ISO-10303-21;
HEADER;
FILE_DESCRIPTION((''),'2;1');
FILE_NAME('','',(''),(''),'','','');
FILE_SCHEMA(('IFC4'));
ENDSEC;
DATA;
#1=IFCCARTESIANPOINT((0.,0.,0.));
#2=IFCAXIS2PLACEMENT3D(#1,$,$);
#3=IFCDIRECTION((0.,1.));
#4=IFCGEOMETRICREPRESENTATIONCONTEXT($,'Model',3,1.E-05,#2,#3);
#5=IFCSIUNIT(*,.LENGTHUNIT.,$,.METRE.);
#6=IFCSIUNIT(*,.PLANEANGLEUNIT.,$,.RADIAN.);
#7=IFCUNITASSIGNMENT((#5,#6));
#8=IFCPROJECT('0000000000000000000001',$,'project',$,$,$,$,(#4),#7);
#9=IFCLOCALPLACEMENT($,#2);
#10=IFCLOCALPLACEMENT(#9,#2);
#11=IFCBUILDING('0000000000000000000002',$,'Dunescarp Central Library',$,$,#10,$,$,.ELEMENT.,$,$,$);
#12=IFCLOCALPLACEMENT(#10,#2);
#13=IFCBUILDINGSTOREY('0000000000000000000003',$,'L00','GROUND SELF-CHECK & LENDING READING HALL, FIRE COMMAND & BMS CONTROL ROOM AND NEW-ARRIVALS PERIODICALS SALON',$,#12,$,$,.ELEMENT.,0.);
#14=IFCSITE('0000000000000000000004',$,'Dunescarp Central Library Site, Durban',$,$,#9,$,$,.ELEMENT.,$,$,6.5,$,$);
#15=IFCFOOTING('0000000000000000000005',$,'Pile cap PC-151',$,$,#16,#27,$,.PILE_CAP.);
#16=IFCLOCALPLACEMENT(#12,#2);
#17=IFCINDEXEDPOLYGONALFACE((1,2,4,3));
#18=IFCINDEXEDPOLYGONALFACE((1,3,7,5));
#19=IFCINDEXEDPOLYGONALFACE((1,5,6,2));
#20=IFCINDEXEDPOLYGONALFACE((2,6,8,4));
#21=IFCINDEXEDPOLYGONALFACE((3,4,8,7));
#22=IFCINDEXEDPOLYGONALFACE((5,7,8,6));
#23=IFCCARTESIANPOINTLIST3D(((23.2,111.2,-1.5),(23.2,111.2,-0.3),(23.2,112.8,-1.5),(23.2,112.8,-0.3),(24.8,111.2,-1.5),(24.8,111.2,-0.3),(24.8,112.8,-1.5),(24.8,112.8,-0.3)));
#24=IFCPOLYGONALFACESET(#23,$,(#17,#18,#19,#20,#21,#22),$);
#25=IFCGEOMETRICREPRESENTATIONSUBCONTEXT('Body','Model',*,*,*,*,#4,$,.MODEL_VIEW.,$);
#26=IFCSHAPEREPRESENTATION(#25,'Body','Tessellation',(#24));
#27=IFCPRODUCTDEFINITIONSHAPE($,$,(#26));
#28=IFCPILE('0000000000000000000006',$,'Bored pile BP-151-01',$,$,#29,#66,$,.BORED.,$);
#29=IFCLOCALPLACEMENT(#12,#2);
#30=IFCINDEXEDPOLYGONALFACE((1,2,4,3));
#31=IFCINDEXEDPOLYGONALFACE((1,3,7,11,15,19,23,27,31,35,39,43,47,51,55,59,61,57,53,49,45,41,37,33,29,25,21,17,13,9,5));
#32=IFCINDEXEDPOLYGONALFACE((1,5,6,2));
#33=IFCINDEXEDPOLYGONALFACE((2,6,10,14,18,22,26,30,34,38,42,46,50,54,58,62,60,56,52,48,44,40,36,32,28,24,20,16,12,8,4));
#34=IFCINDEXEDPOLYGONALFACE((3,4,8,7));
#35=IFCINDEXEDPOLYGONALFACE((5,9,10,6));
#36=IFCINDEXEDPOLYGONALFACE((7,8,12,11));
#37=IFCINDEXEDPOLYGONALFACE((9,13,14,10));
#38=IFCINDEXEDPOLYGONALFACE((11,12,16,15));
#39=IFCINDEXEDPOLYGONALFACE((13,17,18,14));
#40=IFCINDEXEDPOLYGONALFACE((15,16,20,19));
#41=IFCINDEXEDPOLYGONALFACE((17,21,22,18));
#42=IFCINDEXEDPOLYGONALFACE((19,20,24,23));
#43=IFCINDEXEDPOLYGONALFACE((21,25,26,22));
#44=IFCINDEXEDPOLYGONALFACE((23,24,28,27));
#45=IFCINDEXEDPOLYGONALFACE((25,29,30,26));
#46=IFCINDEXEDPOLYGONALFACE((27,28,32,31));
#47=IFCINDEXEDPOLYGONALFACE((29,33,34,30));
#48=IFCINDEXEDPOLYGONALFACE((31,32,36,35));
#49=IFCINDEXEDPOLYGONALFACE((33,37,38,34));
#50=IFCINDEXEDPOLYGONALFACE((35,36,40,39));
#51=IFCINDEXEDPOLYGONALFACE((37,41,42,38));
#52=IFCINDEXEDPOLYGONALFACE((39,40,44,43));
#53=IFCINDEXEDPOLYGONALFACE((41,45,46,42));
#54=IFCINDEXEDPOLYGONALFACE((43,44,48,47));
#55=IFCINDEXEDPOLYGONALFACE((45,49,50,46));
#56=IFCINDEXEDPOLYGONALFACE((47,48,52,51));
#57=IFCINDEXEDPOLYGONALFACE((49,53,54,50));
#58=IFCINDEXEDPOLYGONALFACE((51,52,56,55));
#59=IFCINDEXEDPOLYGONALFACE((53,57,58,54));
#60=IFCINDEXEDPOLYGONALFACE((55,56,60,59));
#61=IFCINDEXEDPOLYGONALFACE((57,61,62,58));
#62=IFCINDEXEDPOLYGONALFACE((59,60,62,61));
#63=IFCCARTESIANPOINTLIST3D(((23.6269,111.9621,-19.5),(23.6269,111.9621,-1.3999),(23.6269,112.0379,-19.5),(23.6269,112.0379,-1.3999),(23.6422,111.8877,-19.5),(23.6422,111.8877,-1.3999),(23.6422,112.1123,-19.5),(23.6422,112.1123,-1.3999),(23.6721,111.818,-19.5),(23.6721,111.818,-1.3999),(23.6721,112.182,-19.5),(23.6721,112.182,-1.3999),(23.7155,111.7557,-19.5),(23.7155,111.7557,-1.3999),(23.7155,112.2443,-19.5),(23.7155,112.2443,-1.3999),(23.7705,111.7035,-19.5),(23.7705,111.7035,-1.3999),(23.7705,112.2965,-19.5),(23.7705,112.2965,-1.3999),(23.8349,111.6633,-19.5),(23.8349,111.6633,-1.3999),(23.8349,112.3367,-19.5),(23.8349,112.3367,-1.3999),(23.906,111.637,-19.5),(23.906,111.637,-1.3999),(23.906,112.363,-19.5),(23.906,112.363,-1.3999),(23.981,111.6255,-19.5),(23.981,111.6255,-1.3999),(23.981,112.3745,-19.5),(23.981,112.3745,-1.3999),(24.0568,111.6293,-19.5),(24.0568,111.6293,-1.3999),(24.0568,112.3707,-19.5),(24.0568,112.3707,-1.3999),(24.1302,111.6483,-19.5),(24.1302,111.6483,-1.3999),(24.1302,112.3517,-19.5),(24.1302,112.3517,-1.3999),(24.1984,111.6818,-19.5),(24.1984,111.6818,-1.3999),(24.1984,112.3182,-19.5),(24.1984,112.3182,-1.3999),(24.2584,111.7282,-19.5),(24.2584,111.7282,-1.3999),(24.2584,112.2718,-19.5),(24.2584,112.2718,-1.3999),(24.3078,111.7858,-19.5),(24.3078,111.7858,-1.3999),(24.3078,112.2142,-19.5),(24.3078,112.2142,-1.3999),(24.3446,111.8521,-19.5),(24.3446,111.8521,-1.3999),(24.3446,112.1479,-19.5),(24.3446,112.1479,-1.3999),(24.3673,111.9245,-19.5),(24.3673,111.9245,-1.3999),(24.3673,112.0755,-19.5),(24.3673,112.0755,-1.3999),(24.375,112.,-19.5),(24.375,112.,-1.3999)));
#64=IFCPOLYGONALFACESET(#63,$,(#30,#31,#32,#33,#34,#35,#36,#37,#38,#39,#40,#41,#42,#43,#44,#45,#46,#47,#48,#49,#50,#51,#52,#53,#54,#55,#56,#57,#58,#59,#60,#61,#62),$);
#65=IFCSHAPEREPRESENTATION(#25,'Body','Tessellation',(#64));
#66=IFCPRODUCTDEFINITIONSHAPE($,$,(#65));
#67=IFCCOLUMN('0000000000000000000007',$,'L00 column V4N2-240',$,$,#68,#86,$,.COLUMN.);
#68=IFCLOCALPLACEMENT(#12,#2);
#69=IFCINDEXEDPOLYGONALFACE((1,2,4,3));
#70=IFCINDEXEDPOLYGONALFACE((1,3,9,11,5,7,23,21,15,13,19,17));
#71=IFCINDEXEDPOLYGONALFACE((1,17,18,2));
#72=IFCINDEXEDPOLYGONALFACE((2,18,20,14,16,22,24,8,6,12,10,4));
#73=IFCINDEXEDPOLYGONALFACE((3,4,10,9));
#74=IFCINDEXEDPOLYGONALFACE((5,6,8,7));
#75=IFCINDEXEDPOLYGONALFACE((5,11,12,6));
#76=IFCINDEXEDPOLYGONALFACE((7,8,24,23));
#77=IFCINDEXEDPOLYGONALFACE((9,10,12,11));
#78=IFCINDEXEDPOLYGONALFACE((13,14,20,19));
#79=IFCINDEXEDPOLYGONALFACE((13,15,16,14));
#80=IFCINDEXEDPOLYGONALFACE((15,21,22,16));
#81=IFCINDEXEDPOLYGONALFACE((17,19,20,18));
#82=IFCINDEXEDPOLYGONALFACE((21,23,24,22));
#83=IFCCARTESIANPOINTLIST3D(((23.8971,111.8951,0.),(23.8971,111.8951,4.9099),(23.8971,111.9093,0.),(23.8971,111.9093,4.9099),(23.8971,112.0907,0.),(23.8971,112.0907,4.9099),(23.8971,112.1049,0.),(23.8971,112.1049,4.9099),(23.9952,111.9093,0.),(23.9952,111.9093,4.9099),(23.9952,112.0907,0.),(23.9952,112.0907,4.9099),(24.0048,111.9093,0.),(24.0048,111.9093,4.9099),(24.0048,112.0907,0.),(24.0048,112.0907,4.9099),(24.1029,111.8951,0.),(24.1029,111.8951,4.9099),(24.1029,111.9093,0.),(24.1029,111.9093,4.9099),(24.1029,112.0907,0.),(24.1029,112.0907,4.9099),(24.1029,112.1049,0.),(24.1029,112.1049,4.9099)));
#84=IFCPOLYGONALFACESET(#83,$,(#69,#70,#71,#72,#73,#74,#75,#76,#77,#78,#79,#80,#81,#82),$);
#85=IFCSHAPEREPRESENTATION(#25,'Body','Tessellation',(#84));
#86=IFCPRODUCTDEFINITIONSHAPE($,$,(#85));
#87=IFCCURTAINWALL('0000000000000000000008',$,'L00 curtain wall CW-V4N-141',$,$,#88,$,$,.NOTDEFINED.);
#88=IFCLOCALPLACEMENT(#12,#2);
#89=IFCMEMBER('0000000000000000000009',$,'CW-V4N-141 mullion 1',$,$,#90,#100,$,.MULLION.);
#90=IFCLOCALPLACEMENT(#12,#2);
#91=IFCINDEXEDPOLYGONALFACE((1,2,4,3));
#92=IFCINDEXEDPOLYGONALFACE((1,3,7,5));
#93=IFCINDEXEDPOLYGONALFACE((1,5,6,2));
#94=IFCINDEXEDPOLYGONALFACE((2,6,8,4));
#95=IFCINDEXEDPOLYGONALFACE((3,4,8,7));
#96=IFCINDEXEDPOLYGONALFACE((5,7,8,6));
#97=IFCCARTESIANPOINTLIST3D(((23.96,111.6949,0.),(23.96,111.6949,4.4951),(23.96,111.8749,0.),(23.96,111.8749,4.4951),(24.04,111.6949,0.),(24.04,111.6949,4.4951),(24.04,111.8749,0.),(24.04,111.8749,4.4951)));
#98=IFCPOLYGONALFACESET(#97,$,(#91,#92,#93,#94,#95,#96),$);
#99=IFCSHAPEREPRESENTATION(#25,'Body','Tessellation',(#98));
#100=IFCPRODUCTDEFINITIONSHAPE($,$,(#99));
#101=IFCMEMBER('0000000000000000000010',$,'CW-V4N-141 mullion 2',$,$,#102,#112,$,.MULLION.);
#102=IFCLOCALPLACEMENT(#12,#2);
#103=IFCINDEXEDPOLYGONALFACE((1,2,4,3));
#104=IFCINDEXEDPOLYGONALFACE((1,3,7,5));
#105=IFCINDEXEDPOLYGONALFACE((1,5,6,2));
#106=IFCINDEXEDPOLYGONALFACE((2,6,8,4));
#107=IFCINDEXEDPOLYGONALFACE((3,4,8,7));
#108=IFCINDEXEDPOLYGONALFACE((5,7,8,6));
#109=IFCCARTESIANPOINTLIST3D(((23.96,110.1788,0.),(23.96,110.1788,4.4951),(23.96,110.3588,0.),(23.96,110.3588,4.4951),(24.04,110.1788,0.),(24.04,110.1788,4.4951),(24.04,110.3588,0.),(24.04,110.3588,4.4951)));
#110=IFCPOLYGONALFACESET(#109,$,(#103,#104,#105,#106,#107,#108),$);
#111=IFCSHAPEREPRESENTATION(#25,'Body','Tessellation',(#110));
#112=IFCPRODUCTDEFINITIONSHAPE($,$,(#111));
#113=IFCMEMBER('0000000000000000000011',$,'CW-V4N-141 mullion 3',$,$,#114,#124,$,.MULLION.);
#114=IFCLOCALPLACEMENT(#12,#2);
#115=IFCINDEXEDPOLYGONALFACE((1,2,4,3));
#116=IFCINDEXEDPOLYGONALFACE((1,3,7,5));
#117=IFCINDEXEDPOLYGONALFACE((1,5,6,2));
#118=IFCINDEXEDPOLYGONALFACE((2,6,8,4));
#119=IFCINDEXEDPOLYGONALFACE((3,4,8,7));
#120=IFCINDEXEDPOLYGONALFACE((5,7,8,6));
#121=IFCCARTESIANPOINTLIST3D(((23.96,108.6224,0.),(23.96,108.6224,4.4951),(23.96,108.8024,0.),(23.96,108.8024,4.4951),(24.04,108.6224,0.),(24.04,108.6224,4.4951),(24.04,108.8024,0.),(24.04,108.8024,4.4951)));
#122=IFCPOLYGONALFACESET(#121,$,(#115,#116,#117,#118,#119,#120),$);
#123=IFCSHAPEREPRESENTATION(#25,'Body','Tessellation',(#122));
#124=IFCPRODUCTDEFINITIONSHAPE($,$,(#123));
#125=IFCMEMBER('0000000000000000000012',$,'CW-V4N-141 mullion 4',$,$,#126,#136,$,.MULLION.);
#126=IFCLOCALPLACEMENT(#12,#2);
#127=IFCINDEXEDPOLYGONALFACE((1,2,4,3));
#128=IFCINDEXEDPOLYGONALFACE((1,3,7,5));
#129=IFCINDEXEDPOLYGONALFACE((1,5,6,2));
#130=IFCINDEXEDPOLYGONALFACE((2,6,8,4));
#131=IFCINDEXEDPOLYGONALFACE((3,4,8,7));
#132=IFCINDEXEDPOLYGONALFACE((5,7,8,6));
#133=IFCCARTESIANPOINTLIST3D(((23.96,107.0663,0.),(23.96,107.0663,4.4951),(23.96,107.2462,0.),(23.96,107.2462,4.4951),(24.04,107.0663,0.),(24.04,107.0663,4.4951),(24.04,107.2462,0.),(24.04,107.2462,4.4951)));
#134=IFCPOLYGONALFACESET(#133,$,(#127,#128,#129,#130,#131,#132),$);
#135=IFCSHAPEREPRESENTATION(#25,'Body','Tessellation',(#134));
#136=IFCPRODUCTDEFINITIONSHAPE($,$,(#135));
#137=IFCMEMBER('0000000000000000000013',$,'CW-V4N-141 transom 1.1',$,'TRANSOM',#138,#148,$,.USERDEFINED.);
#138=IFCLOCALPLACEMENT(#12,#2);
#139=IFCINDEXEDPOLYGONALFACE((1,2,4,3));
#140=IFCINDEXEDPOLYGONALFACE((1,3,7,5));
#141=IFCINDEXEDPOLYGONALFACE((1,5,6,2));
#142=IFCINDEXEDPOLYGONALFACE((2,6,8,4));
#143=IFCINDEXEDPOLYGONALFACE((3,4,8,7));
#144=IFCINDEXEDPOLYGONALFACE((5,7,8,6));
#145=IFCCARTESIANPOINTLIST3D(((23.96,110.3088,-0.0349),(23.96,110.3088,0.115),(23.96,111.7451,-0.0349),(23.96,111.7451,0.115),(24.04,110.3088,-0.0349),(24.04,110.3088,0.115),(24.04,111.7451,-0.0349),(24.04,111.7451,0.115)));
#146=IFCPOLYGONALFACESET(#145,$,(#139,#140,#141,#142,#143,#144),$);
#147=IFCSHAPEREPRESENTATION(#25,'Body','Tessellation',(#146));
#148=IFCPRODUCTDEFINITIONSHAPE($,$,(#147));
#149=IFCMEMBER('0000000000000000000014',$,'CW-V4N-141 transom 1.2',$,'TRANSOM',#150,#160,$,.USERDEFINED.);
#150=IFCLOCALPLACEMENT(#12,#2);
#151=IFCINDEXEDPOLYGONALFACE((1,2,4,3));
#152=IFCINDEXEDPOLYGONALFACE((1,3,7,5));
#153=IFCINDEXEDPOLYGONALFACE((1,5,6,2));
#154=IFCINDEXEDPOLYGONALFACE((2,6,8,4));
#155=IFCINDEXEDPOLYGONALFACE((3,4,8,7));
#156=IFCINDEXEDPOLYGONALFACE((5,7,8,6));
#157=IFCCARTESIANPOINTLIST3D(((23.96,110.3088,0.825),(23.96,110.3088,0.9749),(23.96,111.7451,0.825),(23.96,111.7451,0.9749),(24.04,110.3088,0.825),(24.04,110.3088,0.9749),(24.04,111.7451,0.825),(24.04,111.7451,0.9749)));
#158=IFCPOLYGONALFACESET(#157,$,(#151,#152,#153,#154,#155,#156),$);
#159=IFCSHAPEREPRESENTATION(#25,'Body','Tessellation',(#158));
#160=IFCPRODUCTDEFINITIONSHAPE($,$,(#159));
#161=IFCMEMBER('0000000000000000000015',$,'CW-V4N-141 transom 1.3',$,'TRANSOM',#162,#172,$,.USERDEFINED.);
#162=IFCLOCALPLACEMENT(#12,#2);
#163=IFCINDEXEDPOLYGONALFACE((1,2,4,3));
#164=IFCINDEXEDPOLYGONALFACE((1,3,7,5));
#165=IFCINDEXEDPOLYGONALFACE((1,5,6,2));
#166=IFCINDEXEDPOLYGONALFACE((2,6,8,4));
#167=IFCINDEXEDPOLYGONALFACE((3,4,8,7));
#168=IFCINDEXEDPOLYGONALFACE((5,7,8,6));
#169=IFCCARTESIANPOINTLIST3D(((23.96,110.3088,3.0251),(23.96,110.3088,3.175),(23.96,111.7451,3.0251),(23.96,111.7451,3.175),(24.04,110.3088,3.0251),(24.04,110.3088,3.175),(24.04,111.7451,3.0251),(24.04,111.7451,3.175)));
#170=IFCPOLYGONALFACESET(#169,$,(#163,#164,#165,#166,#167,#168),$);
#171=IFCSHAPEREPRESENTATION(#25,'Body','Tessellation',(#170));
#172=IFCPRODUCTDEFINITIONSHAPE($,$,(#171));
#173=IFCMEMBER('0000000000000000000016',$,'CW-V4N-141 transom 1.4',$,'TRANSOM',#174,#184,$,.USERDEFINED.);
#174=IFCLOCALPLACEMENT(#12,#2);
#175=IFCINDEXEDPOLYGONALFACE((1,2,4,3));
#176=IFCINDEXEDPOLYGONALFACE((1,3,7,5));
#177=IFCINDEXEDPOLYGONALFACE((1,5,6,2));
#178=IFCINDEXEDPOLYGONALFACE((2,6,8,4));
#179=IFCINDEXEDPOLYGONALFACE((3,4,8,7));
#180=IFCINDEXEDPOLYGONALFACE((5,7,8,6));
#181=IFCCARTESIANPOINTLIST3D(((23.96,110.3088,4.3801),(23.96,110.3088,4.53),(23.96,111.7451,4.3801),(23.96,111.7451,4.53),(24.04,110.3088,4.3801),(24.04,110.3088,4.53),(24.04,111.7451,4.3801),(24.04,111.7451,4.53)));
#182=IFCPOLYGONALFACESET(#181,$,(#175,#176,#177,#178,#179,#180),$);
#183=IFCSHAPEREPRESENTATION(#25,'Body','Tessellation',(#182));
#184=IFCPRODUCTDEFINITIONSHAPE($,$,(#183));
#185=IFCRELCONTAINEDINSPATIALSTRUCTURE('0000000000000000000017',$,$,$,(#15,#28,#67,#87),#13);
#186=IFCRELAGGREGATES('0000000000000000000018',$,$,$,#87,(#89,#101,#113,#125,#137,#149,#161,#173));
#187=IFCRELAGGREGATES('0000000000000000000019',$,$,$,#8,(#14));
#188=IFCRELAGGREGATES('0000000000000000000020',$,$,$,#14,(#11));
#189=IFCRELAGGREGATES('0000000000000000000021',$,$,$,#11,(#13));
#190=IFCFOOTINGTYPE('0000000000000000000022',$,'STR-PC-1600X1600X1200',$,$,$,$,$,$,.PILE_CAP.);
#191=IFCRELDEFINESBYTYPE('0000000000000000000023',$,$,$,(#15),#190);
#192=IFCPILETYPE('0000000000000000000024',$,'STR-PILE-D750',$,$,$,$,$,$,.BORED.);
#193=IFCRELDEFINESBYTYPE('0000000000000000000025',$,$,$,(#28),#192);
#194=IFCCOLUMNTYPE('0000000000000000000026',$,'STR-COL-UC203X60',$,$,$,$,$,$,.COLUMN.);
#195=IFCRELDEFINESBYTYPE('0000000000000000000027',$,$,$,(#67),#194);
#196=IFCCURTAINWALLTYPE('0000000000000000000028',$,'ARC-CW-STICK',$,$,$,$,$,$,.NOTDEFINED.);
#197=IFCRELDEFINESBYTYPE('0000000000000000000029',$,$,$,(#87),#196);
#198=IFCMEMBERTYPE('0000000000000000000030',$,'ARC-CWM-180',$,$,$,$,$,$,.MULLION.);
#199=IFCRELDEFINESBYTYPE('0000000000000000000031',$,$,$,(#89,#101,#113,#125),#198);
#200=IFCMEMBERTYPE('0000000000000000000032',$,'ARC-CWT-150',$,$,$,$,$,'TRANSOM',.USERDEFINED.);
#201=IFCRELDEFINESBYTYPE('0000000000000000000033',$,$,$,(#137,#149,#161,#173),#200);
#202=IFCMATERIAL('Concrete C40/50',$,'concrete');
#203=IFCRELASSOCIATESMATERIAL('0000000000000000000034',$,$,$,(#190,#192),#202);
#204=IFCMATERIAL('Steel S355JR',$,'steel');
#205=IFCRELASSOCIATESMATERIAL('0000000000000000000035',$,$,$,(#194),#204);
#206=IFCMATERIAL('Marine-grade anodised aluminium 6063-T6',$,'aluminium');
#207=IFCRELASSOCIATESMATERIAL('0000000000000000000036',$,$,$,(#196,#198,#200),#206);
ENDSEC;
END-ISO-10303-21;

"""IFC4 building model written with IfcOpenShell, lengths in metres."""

from ifc_helpers import new_model, si_unit, direction, frame, origin, origin_2d, place, context, subcontext, project, spatial, rectangle, circle, i_section, extrude, material, material_profile, profile_set, type_object, element, aggregate, save


model = new_model("IFC4")

# Units and contexts
model_context = context("Model", 3, precision=1e-05, world=origin(), true_north=direction((0.0, 1.0)))
body_context = subcontext(model_context, "Body", "Model", "MODEL_VIEW")
ifc_project = project(units=[si_unit("LENGTHUNIT", "METRE"), si_unit("PLANEANGLEUNIT", "RADIAN")], contexts=[model_context])

# Site, building, storey
site_placement = place(None, origin())
site = spatial("IfcSite", under=ifc_project, at=site_placement, Name="Dunescarp Central Library Site, Durban", CompositionType="ELEMENT", RefElevation=6.5)
building_placement = place(site_placement, origin())
building = spatial("IfcBuilding", under=site, at=building_placement, Name="Dunescarp Central Library", CompositionType="ELEMENT")
storey_placement = place(building_placement, origin())
storey = spatial("IfcBuildingStorey", under=building, at=storey_placement, Name="L00", Description="GROUND SELF-CHECK & LENDING READING HALL, FIRE COMMAND & BMS CONTROL ROOM AND NEW-ARRIVALS PERIODICALS SALON", CompositionType="ELEMENT", Elevation=0.0)

# Footing
ifc_material_1 = material(Name="Concrete C40/50", Category="concrete")
footing_type = type_object("IfcFootingType", Name="STR-PC-1600X1600X1200", PredefinedType="PILE_CAP", material=ifc_material_1)
footing_placement = place(storey_placement, frame((24.0, 112.0, -1.5), z_axis=(0.0, 0.0, 1.0), x_axis=(1.0, 0.0, 0.0)))
element("IfcFooting", 1, at=footing_placement, inside=storey, type_object=footing_type, Name="Pile cap PC-151", PredefinedType="PILE_CAP", context=body_context, shape_type="SweptSolid", body=[
    extrude(rectangle(XDim=1.6001, YDim=1.6001, at=origin_2d()), origin(), (0.0, 0.0, 1.0), 1.2),
])

# Pile
ifc_material_profile_1 = material_profile(ifc_material_1, circle(Radius=0.375, at=origin_2d()), Name="PILE D750")
ifc_profile_set_1 = profile_set([ifc_material_profile_1], Name="Concrete C40/50")
pile_type = type_object("IfcPileType", Name="STR-PILE-D750", PredefinedType="BORED", material=ifc_profile_set_1)
pile_placement = place(storey_placement, frame((24.0, 112.0, -1.3999), z_axis=(0.0, 0.0, -1.0), x_axis=(1.0, 0.0, 0.0)))
element("IfcPile", 2, at=pile_placement, inside=storey, type_object=pile_type, Name="Bored pile BP-151-01", PredefinedType="BORED", context=body_context, shape_type="SweptSolid", body=[
    extrude(circle(Radius=0.375, at=origin_2d()), origin(), (0.0, 0.0, 1.0), 18.1001),
])

# Column
ifc_material_2 = material(Name="Steel S355JR", Category="steel")
ifc_material_profile_2 = material_profile(ifc_material_2, i_section(OverallWidth=0.2058, OverallDepth=0.2097, WebThickness=0.0095, FlangeThickness=0.0142, at=origin_2d()), Name="UC 203x203x60")
ifc_profile_set_2 = profile_set([ifc_material_profile_2], Name="Steel S355JR")
column_type = type_object("IfcColumnType", Name="STR-COL-UC203X60", PredefinedType="COLUMN", material=ifc_profile_set_2)
column_placement = place(storey_placement, frame((24.0, 112.0, 0.0), z_axis=(0.0, 0.0, 1.0), x_axis=(1.0, 0.0, 0.0)))
element("IfcColumn", 3, at=column_placement, inside=storey, type_object=column_type, Name="L00 column V4N2-240", PredefinedType="COLUMN", context=body_context, shape_type="SweptSolid", body=[
    extrude(i_section(OverallWidth=0.2058, OverallDepth=0.2097, WebThickness=0.0095, FlangeThickness=0.0142, at=origin_2d()), origin(), (0.0, 0.0, 1.0), 4.9099),
])

# Curtain wall, members
ifc_material_3 = material(Name="Marine-grade anodised aluminium 6063-T6", Category="aluminium")
curtain_wall_type = type_object("IfcCurtainWallType", Name="ARC-CW-STICK", PredefinedType="NOTDEFINED", material=ifc_material_3)
curtain_wall_placement = place(storey_placement, origin())
curtain_wall = element("IfcCurtainWall", 4, at=curtain_wall_placement, inside=storey, type_object=curtain_wall_type, Name="L00 curtain wall CW-V4N-141", PredefinedType="NOTDEFINED")
ifc_material_profile_3 = material_profile(ifc_material_3, rectangle(XDim=0.0801, YDim=0.1799, at=origin_2d()), Name="AL 80x180")
ifc_profile_set_3 = profile_set([ifc_material_profile_3], Name="Marine-grade anodised aluminium 6063-T6")
member_type_1 = type_object("IfcMemberType", Name="ARC-CWM-180", PredefinedType="MULLION", material=ifc_profile_set_3)
member_1_placement = place(storey_placement, frame((24.0, 111.7849, 0.0), z_axis=(0.0, 0.0, 1.0), x_axis=(1.0, 0.0, 0.0)))
member_1 = element("IfcMember", 5, at=member_1_placement, type_object=member_type_1, Name="CW-V4N-141 mullion 1", PredefinedType="MULLION", context=body_context, shape_type="SweptSolid", body=[
    extrude(rectangle(XDim=0.0801, YDim=0.1799, at=origin_2d()), origin(), (0.0, 0.0, 1.0), 4.4951),
])
member_2_placement = place(storey_placement, frame((24.0, 110.2688, 0.0), z_axis=(0.0, 0.0, 1.0), x_axis=(1.0, 0.0, 0.0)))
member_2 = element("IfcMember", 6, at=member_2_placement, type_object=member_type_1, Name="CW-V4N-141 mullion 2", PredefinedType="MULLION", context=body_context, shape_type="SweptSolid", body=[
    extrude(rectangle(XDim=0.0801, YDim=0.1799, at=origin_2d()), origin(), (0.0, 0.0, 1.0), 4.4951),
])
member_3_placement = place(storey_placement, frame((24.0, 108.7124, 0.0), z_axis=(0.0, 0.0, 1.0), x_axis=(1.0, 0.0, 0.0)))
member_3 = element("IfcMember", 7, at=member_3_placement, type_object=member_type_1, Name="CW-V4N-141 mullion 3", PredefinedType="MULLION", context=body_context, shape_type="SweptSolid", body=[
    extrude(rectangle(XDim=0.0801, YDim=0.1799, at=origin_2d()), origin(), (0.0, 0.0, 1.0), 4.4951),
])
member_4_placement = place(storey_placement, frame((24.0, 107.1562, 0.0), z_axis=(0.0, 0.0, 1.0), x_axis=(1.0, 0.0, 0.0)))
member_4 = element("IfcMember", 8, at=member_4_placement, type_object=member_type_1, Name="CW-V4N-141 mullion 4", PredefinedType="MULLION", context=body_context, shape_type="SweptSolid", body=[
    extrude(rectangle(XDim=0.0801, YDim=0.1799, at=origin_2d()), origin(), (0.0, 0.0, 1.0), 4.4951),
])
ifc_material_profile_4 = material_profile(ifc_material_3, rectangle(XDim=0.0801, YDim=0.1499, at=origin_2d()), Name="AL 80x150")
ifc_profile_set_4 = profile_set([ifc_material_profile_4], Name="Marine-grade anodised aluminium 6063-T6")
member_type_2 = type_object("IfcMemberType", Name="ARC-CWT-150", ElementType="TRANSOM", PredefinedType="USERDEFINED", material=ifc_profile_set_4)
member_5_placement = place(storey_placement, frame((24.0, 111.7451, 0.04), z_axis=(0.0, -1.0, 0.0), x_axis=(1.0, 0.0, 0.0)))
member_5 = element("IfcMember", 9, at=member_5_placement, type_object=member_type_2, Name="CW-V4N-141 transom 1.1", ObjectType="TRANSOM", PredefinedType="USERDEFINED", context=body_context, shape_type="SweptSolid", body=[
    extrude(rectangle(XDim=0.0801, YDim=0.1499, at=origin_2d()), origin(), (0.0, 0.0, 1.0), 1.4363),
])
member_6_placement = place(storey_placement, frame((24.0, 111.7451, 0.8999), z_axis=(0.0, -1.0, 0.0), x_axis=(1.0, 0.0, 0.0)))
member_6 = element("IfcMember", 10, at=member_6_placement, type_object=member_type_2, Name="CW-V4N-141 transom 1.2", ObjectType="TRANSOM", PredefinedType="USERDEFINED", context=body_context, shape_type="SweptSolid", body=[
    extrude(rectangle(XDim=0.0801, YDim=0.1499, at=origin_2d()), origin(), (0.0, 0.0, 1.0), 1.4363),
])
member_7_placement = place(storey_placement, frame((24.0, 111.7451, 3.1001), z_axis=(0.0, -1.0, 0.0), x_axis=(1.0, 0.0, 0.0)))
member_7 = element("IfcMember", 11, at=member_7_placement, type_object=member_type_2, Name="CW-V4N-141 transom 1.3", ObjectType="TRANSOM", PredefinedType="USERDEFINED", context=body_context, shape_type="SweptSolid", body=[
    extrude(rectangle(XDim=0.0801, YDim=0.1499, at=origin_2d()), origin(), (0.0, 0.0, 1.0), 1.4363),
])
member_8_placement = place(storey_placement, frame((24.0, 111.7451, 4.4551), z_axis=(0.0, -1.0, 0.0), x_axis=(1.0, 0.0, 0.0)))
member_8 = element("IfcMember", 12, at=member_8_placement, type_object=member_type_2, Name="CW-V4N-141 transom 1.4", ObjectType="TRANSOM", PredefinedType="USERDEFINED", context=body_context, shape_type="SweptSolid", body=[
    extrude(rectangle(XDim=0.0801, YDim=0.1499, at=origin_2d()), origin(), (0.0, 0.0, 1.0), 1.4363),
])
aggregate(curtain_wall, [member_1, member_2, member_3, member_4, member_5, member_6, member_7, member_8])

save(model, "model.ifc")
